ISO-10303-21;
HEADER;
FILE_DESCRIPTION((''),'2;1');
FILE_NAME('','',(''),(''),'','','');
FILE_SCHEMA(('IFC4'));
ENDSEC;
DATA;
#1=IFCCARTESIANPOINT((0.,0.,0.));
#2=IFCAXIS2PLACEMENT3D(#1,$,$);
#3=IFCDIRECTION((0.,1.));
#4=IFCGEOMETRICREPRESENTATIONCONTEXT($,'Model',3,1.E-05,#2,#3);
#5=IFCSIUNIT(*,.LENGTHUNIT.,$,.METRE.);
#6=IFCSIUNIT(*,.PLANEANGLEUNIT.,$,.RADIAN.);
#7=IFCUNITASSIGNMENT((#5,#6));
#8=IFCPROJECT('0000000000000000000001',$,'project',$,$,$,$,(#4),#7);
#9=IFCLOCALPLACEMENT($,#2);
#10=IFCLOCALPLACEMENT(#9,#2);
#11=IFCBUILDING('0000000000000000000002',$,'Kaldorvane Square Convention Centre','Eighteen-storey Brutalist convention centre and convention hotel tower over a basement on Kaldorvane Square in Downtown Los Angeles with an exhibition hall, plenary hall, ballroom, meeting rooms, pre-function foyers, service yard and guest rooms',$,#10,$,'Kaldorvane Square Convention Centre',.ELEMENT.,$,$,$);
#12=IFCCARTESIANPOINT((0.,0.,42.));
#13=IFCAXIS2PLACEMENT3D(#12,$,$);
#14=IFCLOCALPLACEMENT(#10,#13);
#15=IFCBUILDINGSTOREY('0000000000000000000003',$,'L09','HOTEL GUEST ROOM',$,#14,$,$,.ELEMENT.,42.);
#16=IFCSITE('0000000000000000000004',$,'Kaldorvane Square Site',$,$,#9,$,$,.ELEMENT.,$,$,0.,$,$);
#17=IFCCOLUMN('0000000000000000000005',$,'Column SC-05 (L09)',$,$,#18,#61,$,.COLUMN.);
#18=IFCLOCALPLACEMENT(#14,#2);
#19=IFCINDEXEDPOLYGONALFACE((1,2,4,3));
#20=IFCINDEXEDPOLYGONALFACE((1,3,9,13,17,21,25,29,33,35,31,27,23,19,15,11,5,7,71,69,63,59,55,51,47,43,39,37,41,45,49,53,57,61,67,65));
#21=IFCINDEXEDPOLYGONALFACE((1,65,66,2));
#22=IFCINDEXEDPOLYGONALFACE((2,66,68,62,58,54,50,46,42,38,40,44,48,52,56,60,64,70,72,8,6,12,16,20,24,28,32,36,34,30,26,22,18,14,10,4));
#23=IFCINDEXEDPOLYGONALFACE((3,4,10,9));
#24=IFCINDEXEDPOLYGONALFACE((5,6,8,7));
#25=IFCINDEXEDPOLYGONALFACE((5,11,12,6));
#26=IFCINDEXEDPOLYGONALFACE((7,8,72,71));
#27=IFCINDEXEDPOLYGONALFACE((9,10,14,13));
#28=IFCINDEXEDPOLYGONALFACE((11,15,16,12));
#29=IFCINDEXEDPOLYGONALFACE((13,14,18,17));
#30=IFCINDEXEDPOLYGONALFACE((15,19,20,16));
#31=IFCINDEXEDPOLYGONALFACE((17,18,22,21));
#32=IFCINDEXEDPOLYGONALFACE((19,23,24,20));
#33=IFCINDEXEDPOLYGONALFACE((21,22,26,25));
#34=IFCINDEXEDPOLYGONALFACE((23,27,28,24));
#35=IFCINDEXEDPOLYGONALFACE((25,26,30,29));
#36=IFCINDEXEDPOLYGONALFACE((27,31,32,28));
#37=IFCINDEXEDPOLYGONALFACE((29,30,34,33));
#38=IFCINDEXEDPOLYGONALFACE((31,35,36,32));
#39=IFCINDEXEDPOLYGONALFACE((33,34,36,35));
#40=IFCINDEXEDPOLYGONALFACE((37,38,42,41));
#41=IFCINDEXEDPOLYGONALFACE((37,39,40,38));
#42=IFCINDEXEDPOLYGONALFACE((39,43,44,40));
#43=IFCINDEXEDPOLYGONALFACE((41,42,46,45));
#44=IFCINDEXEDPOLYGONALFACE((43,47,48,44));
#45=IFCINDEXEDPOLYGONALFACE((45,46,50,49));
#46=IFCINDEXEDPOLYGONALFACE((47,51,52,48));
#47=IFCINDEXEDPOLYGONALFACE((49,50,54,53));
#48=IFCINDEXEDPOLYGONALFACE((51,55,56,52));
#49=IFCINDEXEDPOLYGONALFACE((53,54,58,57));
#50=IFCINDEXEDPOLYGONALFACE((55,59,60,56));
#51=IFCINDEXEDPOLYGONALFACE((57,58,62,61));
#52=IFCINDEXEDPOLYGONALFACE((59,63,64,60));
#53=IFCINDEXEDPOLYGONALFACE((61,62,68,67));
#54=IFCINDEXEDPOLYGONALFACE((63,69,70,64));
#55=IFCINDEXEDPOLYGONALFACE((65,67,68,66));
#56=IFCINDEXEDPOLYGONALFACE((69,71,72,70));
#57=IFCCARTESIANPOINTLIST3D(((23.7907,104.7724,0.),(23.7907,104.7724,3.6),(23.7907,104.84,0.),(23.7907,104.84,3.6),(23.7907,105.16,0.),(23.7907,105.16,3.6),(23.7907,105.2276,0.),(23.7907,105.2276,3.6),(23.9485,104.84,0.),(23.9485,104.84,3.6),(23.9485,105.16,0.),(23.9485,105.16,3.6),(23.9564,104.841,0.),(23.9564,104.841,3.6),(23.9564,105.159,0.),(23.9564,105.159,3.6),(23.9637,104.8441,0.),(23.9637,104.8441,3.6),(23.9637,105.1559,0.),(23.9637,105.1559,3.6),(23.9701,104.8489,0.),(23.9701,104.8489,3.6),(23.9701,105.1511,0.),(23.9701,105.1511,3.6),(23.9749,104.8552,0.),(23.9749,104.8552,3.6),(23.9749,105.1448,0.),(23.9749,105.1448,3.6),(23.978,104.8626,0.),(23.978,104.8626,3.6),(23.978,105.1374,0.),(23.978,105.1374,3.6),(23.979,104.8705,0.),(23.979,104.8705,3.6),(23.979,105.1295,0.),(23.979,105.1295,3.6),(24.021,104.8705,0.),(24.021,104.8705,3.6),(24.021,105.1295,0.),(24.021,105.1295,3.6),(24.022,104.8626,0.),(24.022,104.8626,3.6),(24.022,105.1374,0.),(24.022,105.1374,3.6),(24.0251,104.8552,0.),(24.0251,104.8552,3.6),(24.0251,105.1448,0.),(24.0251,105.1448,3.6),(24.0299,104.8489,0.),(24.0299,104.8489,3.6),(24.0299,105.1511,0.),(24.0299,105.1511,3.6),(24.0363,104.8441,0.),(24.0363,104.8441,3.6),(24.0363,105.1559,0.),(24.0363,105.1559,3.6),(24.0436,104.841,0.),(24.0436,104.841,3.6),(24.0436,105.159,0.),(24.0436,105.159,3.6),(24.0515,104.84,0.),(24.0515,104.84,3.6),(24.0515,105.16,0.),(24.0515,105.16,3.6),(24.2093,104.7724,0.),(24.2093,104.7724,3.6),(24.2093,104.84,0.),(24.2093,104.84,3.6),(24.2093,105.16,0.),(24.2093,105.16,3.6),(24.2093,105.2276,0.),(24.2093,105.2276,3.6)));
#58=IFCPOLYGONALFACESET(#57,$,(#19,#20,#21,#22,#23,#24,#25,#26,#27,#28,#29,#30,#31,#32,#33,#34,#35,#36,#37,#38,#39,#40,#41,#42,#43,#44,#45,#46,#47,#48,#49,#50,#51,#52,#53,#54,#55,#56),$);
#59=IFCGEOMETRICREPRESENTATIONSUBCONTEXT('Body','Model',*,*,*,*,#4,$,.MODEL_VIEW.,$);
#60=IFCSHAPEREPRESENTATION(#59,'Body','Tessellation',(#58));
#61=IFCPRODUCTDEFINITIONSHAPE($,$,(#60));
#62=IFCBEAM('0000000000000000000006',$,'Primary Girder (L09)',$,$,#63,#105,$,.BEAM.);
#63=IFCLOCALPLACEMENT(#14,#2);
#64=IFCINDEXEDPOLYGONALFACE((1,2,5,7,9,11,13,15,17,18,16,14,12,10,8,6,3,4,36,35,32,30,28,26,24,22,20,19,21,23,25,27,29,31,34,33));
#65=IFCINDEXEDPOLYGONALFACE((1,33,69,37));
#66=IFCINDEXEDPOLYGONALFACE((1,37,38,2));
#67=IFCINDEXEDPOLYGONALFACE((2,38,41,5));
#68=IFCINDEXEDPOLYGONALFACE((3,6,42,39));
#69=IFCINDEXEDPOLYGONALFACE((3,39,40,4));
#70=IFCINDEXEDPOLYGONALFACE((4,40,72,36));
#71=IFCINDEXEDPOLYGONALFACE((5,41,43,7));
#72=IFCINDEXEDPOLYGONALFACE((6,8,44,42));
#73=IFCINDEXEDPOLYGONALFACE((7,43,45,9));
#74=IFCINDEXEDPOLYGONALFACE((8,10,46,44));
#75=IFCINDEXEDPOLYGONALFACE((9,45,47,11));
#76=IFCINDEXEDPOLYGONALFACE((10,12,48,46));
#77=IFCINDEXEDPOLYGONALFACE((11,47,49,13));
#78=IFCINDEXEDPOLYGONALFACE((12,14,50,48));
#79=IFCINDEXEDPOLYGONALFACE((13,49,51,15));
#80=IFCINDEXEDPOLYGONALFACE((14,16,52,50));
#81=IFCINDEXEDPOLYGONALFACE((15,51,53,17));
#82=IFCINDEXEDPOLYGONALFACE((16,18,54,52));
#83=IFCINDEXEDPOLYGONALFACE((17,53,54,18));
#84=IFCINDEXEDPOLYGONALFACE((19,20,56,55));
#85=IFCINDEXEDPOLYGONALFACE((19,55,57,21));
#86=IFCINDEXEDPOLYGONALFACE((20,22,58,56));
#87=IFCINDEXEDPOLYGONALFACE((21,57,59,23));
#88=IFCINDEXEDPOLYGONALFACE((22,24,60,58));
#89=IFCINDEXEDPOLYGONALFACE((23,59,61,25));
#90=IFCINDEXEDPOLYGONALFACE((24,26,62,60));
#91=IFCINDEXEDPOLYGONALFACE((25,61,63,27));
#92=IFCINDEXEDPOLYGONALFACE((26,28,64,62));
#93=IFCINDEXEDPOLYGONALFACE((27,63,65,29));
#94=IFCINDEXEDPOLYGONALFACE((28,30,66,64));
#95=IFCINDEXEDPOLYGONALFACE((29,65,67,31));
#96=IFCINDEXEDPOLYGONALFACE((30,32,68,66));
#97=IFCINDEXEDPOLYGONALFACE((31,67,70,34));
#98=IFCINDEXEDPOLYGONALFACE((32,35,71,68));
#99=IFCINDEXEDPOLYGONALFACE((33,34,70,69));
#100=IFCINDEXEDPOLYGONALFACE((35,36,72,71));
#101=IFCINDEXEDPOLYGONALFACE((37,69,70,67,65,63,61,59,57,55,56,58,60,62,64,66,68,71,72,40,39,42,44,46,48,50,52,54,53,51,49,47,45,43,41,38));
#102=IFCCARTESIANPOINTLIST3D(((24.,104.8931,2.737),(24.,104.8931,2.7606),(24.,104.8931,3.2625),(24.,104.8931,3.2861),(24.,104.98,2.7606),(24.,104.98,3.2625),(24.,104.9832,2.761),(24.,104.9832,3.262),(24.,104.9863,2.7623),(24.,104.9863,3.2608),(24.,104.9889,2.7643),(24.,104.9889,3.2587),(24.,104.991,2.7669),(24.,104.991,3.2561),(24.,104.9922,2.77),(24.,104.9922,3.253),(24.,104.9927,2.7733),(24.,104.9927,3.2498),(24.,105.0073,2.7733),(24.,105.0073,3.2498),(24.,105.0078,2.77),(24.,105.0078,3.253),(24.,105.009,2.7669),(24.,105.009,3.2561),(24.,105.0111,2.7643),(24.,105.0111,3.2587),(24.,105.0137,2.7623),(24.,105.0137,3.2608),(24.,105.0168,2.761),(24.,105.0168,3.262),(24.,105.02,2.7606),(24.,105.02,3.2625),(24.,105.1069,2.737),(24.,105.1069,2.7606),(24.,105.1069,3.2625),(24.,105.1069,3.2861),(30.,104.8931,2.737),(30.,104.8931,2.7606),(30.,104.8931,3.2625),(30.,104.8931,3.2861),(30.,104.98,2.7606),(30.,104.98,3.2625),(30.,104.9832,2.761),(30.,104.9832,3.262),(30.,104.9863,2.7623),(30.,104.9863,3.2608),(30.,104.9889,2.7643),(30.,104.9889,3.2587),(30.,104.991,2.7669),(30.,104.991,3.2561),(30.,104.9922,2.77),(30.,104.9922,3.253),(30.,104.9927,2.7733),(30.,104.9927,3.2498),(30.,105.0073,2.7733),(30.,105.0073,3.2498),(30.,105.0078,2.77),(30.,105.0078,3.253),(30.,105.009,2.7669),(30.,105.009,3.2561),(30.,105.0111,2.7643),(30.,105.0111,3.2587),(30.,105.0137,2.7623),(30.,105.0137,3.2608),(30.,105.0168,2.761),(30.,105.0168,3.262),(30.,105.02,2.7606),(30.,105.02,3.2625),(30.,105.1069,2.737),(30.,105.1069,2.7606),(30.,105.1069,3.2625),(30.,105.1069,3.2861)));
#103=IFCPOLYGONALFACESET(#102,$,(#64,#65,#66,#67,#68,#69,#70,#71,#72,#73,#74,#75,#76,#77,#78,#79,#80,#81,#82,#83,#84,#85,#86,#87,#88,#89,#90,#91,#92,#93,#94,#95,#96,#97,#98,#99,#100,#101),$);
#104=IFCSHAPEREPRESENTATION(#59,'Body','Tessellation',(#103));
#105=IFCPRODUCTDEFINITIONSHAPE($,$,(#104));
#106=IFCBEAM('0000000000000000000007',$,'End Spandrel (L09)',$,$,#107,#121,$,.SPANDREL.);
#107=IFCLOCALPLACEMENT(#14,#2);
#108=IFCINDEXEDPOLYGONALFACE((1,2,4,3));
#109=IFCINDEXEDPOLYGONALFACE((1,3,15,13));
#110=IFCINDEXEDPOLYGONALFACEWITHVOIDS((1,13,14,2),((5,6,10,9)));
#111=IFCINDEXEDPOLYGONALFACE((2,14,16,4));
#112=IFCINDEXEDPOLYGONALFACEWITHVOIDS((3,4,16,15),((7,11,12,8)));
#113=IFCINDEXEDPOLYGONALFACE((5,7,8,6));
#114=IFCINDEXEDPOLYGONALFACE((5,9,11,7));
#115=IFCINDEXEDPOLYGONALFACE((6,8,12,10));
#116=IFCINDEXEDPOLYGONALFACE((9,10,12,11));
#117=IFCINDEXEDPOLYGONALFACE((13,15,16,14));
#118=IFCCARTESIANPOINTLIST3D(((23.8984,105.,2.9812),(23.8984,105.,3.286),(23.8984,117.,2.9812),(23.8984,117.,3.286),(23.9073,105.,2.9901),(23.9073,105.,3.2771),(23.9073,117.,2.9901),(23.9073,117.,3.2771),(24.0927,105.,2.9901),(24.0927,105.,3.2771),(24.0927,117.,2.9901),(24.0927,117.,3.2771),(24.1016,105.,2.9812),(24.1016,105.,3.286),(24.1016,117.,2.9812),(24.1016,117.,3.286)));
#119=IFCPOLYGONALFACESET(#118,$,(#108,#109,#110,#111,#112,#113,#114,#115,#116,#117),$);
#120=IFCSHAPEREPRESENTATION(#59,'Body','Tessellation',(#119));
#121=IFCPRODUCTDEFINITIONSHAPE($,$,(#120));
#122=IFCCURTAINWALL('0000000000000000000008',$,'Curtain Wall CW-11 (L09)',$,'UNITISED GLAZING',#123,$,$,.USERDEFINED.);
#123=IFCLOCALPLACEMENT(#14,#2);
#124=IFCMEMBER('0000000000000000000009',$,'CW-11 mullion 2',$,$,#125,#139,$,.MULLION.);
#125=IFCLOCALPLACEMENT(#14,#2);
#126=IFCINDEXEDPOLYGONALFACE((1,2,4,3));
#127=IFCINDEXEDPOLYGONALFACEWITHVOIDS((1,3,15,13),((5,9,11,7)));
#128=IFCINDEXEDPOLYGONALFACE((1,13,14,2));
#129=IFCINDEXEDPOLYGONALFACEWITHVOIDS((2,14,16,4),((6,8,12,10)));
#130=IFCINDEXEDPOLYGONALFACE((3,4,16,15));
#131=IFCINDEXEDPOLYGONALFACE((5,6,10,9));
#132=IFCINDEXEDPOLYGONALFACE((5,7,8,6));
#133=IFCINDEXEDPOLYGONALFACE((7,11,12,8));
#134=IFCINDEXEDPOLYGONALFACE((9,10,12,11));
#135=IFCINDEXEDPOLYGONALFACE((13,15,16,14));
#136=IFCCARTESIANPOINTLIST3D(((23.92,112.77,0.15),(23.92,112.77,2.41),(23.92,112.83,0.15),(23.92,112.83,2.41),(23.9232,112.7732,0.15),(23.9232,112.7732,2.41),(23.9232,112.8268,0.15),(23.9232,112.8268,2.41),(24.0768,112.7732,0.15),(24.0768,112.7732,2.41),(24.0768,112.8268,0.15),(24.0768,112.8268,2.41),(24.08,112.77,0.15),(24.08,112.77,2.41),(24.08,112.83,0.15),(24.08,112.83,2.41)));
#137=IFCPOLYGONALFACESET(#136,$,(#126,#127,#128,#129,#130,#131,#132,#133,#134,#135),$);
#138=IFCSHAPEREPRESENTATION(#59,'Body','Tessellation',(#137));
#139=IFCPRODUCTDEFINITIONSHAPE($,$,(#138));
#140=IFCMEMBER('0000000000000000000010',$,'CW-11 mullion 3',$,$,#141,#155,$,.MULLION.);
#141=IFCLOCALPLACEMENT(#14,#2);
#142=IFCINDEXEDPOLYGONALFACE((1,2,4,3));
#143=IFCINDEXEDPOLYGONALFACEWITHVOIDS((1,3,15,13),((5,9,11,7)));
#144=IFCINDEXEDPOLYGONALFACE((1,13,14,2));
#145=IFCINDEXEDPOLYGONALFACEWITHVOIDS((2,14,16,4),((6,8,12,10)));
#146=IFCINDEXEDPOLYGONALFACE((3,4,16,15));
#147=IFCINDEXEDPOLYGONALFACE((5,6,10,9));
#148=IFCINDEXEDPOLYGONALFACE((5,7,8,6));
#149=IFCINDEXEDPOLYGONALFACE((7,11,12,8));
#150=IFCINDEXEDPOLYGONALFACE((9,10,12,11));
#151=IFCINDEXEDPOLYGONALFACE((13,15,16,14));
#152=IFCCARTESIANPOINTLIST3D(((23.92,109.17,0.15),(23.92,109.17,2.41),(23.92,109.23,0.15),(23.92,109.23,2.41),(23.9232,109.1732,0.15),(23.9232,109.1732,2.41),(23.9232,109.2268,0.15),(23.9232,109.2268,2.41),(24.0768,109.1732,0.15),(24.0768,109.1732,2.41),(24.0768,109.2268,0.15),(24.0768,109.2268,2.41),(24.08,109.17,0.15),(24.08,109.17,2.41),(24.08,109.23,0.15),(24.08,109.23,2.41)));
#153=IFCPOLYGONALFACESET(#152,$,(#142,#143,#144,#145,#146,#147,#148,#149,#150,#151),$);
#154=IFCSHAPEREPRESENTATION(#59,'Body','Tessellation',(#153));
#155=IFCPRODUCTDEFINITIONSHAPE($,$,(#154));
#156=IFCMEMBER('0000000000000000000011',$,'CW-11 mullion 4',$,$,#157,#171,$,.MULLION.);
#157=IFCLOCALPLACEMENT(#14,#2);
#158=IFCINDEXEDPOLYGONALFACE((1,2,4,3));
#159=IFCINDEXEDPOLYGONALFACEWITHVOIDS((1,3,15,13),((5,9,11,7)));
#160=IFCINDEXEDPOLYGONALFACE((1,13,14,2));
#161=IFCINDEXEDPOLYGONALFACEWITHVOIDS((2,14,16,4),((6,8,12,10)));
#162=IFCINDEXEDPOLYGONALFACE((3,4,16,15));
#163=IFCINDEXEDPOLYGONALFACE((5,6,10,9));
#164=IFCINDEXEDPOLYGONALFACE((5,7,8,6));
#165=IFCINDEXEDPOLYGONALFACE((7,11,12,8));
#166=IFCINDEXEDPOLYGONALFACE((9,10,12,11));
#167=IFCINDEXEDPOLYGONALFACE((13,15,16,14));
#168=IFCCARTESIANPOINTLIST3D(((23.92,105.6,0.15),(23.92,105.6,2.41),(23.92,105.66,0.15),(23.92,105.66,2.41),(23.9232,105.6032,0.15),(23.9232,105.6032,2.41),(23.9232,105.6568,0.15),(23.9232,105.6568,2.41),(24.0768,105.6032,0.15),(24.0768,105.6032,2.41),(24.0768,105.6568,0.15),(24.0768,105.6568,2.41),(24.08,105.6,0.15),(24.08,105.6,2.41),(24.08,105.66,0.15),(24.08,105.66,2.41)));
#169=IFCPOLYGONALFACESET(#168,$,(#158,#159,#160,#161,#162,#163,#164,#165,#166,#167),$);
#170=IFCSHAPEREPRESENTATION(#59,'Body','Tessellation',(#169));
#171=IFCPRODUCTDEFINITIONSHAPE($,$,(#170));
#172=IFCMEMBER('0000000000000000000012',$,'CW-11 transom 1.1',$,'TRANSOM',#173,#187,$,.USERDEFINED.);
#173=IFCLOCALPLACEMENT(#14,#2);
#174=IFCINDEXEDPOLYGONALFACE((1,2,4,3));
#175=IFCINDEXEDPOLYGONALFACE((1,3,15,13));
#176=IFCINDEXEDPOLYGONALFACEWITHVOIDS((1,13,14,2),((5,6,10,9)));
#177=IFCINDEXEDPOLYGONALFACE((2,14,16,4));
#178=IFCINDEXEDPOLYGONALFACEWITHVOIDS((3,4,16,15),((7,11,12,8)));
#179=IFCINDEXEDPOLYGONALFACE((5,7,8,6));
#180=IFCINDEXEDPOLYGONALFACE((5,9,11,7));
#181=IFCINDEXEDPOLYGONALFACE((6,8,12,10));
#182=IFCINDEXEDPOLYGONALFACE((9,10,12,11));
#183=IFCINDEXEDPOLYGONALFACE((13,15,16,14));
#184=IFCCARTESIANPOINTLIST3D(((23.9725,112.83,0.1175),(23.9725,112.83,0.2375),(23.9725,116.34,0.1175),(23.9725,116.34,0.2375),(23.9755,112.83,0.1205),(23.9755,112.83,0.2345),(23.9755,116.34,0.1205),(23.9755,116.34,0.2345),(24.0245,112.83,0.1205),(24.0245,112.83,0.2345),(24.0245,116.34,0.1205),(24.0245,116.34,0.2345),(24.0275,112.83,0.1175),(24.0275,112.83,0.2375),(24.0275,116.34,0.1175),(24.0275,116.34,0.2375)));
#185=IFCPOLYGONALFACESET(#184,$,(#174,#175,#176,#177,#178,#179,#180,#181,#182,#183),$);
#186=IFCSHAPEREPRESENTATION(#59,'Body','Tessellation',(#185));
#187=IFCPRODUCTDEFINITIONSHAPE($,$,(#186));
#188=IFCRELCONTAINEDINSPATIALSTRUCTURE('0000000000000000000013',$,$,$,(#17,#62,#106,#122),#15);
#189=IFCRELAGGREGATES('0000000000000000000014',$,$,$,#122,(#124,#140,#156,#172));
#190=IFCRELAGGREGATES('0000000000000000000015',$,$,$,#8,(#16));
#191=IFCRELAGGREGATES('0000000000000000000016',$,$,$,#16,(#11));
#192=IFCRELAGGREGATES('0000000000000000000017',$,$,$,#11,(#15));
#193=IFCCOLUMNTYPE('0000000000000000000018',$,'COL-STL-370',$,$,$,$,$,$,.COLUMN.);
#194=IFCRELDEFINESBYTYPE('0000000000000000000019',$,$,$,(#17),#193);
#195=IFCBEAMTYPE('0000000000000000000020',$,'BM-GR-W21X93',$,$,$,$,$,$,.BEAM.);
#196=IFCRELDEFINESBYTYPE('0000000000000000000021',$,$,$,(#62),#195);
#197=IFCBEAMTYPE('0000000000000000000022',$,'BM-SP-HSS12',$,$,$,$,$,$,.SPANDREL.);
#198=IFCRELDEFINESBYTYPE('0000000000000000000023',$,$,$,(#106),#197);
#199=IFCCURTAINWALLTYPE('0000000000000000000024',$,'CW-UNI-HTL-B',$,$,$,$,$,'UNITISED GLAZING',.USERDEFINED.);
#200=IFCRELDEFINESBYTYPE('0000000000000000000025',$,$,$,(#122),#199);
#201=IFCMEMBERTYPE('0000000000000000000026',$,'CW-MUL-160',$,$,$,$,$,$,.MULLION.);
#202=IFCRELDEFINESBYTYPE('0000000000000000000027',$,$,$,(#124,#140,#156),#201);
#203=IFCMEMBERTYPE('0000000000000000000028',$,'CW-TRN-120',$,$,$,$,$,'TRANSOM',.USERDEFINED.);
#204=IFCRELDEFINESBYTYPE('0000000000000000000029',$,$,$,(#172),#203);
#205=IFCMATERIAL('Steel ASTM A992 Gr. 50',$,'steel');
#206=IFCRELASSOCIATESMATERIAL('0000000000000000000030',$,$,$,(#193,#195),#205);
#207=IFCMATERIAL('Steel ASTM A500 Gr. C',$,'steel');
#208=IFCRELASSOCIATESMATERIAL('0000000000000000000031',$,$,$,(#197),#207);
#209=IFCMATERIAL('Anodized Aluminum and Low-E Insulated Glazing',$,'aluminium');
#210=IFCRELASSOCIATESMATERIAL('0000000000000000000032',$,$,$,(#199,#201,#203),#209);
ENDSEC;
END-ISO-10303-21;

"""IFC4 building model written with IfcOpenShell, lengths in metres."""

from ifc_helpers import new_model, si_unit, direction, frame, origin, origin_2d, place, context, subcontext, project, spatial, hollow_rectangle, i_section, extrude, material, material_profile, profile_set, type_object, element, aggregate, save


model = new_model("IFC4")

# Units and contexts
model_context = context("Model", 3, precision=1e-05, world=origin(), true_north=direction((0.0, 1.0)))
body_context = subcontext(model_context, "Body", "Model", "MODEL_VIEW")
ifc_project = project(units=[si_unit("LENGTHUNIT", "METRE"), si_unit("PLANEANGLEUNIT", "RADIAN")], contexts=[model_context])

# Site, building, storey
site_placement = place(None, origin())
site = spatial("IfcSite", under=ifc_project, at=site_placement, Name="Kaldorvane Square Site", CompositionType="ELEMENT", RefElevation=0.0)
building_placement = place(site_placement, origin())
building = spatial("IfcBuilding", under=site, at=building_placement, Name="Kaldorvane Square Convention Centre", Description="Eighteen-storey Brutalist convention centre and convention hotel tower over a basement on Kaldorvane Square in Downtown Los Angeles with an exhibition hall, plenary hall, ballroom, meeting rooms, pre-function foyers, service yard and guest rooms", LongName="Kaldorvane Square Convention Centre", CompositionType="ELEMENT")
storey_placement = place(building_placement, frame((0.0, 0.0, 42.0)))
storey = spatial("IfcBuildingStorey", under=building, at=storey_placement, Name="L09", Description="HOTEL GUEST ROOM", CompositionType="ELEMENT", Elevation=42.0)

# Column
ifc_material_1 = material(Name="Steel ASTM A992 Gr. 50", Category="steel")
ifc_material_profile_1 = material_profile(ifc_material_1, i_section(OverallWidth=0.4185, OverallDepth=0.4552, WebThickness=0.042, FlangeThickness=0.0676, FilletRadius=0.0305, at=origin_2d()), Name="W14X370")
ifc_profile_set_1 = profile_set([ifc_material_profile_1], Name="Steel ASTM A992 Gr. 50")
column_type = type_object("IfcColumnType", Name="COL-STL-370", PredefinedType="COLUMN", material=ifc_profile_set_1)
column_placement = place(storey_placement, frame((24.0, 105.0, 0.0), z_axis=(0.0, 0.0, 1.0), x_axis=(1.0, 0.0, 0.0)))
element("IfcColumn", 1, at=column_placement, inside=storey, type_object=column_type, Name="Column SC-05 (L09)", PredefinedType="COLUMN", context=body_context, shape_type="SweptSolid", body=[
    extrude(i_section(OverallWidth=0.4185, OverallDepth=0.4552, WebThickness=0.042, FlangeThickness=0.0676, FilletRadius=0.0305, at=origin_2d()), origin(), (0.0, 0.0, 1.0), 3.6),
])

# Beams
ifc_material_profile_2 = material_profile(ifc_material_1, i_section(OverallWidth=0.2139, OverallDepth=0.5491, WebThickness=0.0147, FlangeThickness=0.0236, FilletRadius=0.0127, at=origin_2d()), Name="W21X93")
ifc_profile_set_2 = profile_set([ifc_material_profile_2], Name="Steel ASTM A992 Gr. 50")
beam_type_1 = type_object("IfcBeamType", Name="BM-GR-W21X93", PredefinedType="BEAM", material=ifc_profile_set_2)
beam_1_placement = place(storey_placement, frame((24.0, 105.0, 3.0115), z_axis=(1.0, 0.0, 0.0), x_axis=(0.0, 1.0, 0.0)))
element("IfcBeam", 2, at=beam_1_placement, inside=storey, type_object=beam_type_1, Name="Primary Girder (L09)", PredefinedType="BEAM", context=body_context, shape_type="SweptSolid", body=[
    extrude(i_section(OverallWidth=0.2139, OverallDepth=0.5491, WebThickness=0.0147, FlangeThickness=0.0236, FilletRadius=0.0127, at=origin_2d()), origin(), (0.0, 0.0, 1.0), 6.0),
])
ifc_material_2 = material(Name="Steel ASTM A500 Gr. C", Category="steel")
ifc_material_profile_3 = material_profile(ifc_material_2, hollow_rectangle(XDim=0.2032, YDim=0.3048, WallThickness=0.0089, at=origin_2d()), Name="HSS12X8X3/8")
ifc_profile_set_3 = profile_set([ifc_material_profile_3], Name="Steel ASTM A500 Gr. C")
beam_type_2 = type_object("IfcBeamType", Name="BM-SP-HSS12", PredefinedType="SPANDREL", material=ifc_profile_set_3)
beam_2_placement = place(storey_placement, frame((24.0, 105.0, 3.1336), z_axis=(0.0, 1.0, 0.0), x_axis=(-1.0, 0.0, 0.0)))
element("IfcBeam", 3, at=beam_2_placement, inside=storey, type_object=beam_type_2, Name="End Spandrel (L09)", PredefinedType="SPANDREL", context=body_context, shape_type="SweptSolid", body=[
    extrude(hollow_rectangle(XDim=0.2032, YDim=0.3048, WallThickness=0.0089, at=origin_2d()), origin(), (0.0, 0.0, 1.0), 12.0),
])

# Curtain wall, members
ifc_material_3 = material(Name="Anodized Aluminum and Low-E Insulated Glazing", Category="aluminium")
curtain_wall_type = type_object("IfcCurtainWallType", Name="CW-UNI-HTL-B", ElementType="UNITISED GLAZING", PredefinedType="USERDEFINED", material=ifc_material_3)
curtain_wall_placement = place(storey_placement, origin())
curtain_wall = element("IfcCurtainWall", 4, at=curtain_wall_placement, inside=storey, type_object=curtain_wall_type, Name="Curtain Wall CW-11 (L09)", ObjectType="UNITISED GLAZING", PredefinedType="USERDEFINED")
ifc_material_profile_4 = material_profile(ifc_material_3, hollow_rectangle(XDim=0.06, YDim=0.16, WallThickness=0.0032, at=origin_2d()), Name="CWM-160X60")
ifc_profile_set_4 = profile_set([ifc_material_profile_4], Name="Anodized Aluminum and Low-E Insulated Glazing")
member_type_1 = type_object("IfcMemberType", Name="CW-MUL-160", PredefinedType="MULLION", material=ifc_profile_set_4)
member_1_placement = place(storey_placement, frame((24.0, 112.8, 0.15), z_axis=(0.0, 0.0, 1.0), x_axis=(0.0, -1.0, 0.0)))
member_1 = element("IfcMember", 5, at=member_1_placement, type_object=member_type_1, Name="CW-11 mullion 2", PredefinedType="MULLION", context=body_context, shape_type="SweptSolid", body=[
    extrude(hollow_rectangle(XDim=0.06, YDim=0.16, WallThickness=0.0032, at=origin_2d()), origin(), (0.0, 0.0, 1.0), 2.26),
])
member_2_placement = place(storey_placement, frame((24.0, 109.2, 0.15), z_axis=(0.0, 0.0, 1.0), x_axis=(0.0, -1.0, 0.0)))
member_2 = element("IfcMember", 6, at=member_2_placement, type_object=member_type_1, Name="CW-11 mullion 3", PredefinedType="MULLION", context=body_context, shape_type="SweptSolid", body=[
    extrude(hollow_rectangle(XDim=0.06, YDim=0.16, WallThickness=0.0032, at=origin_2d()), origin(), (0.0, 0.0, 1.0), 2.26),
])
member_3_placement = place(storey_placement, frame((24.0, 105.63, 0.15), z_axis=(0.0, 0.0, 1.0), x_axis=(0.0, -1.0, 0.0)))
member_3 = element("IfcMember", 7, at=member_3_placement, type_object=member_type_1, Name="CW-11 mullion 4", PredefinedType="MULLION", context=body_context, shape_type="SweptSolid", body=[
    extrude(hollow_rectangle(XDim=0.06, YDim=0.16, WallThickness=0.0032, at=origin_2d()), origin(), (0.0, 0.0, 1.0), 2.26),
])
ifc_material_profile_5 = material_profile(ifc_material_3, hollow_rectangle(XDim=0.055, YDim=0.12, WallThickness=0.003, at=origin_2d()), Name="CWT-120X55")
ifc_profile_set_5 = profile_set([ifc_material_profile_5], Name="Anodized Aluminum and Low-E Insulated Glazing")
member_type_2 = type_object("IfcMemberType", Name="CW-TRN-120", ElementType="TRANSOM", PredefinedType="USERDEFINED", material=ifc_profile_set_5)
member_4_placement = place(storey_placement, frame((24.0, 116.34, 0.1775), z_axis=(0.0, -1.0, 0.0), x_axis=(1.0, 0.0, 0.0)))
member_4 = element("IfcMember", 8, at=member_4_placement, type_object=member_type_2, Name="CW-11 transom 1.1", ObjectType="TRANSOM", PredefinedType="USERDEFINED", context=body_context, shape_type="SweptSolid", body=[
    extrude(hollow_rectangle(XDim=0.055, YDim=0.12, WallThickness=0.003, at=origin_2d()), origin(), (0.0, 0.0, 1.0), 3.51),
])
aggregate(curtain_wall, [member_1, member_2, member_3, member_4])

save(model, "model.ifc")
